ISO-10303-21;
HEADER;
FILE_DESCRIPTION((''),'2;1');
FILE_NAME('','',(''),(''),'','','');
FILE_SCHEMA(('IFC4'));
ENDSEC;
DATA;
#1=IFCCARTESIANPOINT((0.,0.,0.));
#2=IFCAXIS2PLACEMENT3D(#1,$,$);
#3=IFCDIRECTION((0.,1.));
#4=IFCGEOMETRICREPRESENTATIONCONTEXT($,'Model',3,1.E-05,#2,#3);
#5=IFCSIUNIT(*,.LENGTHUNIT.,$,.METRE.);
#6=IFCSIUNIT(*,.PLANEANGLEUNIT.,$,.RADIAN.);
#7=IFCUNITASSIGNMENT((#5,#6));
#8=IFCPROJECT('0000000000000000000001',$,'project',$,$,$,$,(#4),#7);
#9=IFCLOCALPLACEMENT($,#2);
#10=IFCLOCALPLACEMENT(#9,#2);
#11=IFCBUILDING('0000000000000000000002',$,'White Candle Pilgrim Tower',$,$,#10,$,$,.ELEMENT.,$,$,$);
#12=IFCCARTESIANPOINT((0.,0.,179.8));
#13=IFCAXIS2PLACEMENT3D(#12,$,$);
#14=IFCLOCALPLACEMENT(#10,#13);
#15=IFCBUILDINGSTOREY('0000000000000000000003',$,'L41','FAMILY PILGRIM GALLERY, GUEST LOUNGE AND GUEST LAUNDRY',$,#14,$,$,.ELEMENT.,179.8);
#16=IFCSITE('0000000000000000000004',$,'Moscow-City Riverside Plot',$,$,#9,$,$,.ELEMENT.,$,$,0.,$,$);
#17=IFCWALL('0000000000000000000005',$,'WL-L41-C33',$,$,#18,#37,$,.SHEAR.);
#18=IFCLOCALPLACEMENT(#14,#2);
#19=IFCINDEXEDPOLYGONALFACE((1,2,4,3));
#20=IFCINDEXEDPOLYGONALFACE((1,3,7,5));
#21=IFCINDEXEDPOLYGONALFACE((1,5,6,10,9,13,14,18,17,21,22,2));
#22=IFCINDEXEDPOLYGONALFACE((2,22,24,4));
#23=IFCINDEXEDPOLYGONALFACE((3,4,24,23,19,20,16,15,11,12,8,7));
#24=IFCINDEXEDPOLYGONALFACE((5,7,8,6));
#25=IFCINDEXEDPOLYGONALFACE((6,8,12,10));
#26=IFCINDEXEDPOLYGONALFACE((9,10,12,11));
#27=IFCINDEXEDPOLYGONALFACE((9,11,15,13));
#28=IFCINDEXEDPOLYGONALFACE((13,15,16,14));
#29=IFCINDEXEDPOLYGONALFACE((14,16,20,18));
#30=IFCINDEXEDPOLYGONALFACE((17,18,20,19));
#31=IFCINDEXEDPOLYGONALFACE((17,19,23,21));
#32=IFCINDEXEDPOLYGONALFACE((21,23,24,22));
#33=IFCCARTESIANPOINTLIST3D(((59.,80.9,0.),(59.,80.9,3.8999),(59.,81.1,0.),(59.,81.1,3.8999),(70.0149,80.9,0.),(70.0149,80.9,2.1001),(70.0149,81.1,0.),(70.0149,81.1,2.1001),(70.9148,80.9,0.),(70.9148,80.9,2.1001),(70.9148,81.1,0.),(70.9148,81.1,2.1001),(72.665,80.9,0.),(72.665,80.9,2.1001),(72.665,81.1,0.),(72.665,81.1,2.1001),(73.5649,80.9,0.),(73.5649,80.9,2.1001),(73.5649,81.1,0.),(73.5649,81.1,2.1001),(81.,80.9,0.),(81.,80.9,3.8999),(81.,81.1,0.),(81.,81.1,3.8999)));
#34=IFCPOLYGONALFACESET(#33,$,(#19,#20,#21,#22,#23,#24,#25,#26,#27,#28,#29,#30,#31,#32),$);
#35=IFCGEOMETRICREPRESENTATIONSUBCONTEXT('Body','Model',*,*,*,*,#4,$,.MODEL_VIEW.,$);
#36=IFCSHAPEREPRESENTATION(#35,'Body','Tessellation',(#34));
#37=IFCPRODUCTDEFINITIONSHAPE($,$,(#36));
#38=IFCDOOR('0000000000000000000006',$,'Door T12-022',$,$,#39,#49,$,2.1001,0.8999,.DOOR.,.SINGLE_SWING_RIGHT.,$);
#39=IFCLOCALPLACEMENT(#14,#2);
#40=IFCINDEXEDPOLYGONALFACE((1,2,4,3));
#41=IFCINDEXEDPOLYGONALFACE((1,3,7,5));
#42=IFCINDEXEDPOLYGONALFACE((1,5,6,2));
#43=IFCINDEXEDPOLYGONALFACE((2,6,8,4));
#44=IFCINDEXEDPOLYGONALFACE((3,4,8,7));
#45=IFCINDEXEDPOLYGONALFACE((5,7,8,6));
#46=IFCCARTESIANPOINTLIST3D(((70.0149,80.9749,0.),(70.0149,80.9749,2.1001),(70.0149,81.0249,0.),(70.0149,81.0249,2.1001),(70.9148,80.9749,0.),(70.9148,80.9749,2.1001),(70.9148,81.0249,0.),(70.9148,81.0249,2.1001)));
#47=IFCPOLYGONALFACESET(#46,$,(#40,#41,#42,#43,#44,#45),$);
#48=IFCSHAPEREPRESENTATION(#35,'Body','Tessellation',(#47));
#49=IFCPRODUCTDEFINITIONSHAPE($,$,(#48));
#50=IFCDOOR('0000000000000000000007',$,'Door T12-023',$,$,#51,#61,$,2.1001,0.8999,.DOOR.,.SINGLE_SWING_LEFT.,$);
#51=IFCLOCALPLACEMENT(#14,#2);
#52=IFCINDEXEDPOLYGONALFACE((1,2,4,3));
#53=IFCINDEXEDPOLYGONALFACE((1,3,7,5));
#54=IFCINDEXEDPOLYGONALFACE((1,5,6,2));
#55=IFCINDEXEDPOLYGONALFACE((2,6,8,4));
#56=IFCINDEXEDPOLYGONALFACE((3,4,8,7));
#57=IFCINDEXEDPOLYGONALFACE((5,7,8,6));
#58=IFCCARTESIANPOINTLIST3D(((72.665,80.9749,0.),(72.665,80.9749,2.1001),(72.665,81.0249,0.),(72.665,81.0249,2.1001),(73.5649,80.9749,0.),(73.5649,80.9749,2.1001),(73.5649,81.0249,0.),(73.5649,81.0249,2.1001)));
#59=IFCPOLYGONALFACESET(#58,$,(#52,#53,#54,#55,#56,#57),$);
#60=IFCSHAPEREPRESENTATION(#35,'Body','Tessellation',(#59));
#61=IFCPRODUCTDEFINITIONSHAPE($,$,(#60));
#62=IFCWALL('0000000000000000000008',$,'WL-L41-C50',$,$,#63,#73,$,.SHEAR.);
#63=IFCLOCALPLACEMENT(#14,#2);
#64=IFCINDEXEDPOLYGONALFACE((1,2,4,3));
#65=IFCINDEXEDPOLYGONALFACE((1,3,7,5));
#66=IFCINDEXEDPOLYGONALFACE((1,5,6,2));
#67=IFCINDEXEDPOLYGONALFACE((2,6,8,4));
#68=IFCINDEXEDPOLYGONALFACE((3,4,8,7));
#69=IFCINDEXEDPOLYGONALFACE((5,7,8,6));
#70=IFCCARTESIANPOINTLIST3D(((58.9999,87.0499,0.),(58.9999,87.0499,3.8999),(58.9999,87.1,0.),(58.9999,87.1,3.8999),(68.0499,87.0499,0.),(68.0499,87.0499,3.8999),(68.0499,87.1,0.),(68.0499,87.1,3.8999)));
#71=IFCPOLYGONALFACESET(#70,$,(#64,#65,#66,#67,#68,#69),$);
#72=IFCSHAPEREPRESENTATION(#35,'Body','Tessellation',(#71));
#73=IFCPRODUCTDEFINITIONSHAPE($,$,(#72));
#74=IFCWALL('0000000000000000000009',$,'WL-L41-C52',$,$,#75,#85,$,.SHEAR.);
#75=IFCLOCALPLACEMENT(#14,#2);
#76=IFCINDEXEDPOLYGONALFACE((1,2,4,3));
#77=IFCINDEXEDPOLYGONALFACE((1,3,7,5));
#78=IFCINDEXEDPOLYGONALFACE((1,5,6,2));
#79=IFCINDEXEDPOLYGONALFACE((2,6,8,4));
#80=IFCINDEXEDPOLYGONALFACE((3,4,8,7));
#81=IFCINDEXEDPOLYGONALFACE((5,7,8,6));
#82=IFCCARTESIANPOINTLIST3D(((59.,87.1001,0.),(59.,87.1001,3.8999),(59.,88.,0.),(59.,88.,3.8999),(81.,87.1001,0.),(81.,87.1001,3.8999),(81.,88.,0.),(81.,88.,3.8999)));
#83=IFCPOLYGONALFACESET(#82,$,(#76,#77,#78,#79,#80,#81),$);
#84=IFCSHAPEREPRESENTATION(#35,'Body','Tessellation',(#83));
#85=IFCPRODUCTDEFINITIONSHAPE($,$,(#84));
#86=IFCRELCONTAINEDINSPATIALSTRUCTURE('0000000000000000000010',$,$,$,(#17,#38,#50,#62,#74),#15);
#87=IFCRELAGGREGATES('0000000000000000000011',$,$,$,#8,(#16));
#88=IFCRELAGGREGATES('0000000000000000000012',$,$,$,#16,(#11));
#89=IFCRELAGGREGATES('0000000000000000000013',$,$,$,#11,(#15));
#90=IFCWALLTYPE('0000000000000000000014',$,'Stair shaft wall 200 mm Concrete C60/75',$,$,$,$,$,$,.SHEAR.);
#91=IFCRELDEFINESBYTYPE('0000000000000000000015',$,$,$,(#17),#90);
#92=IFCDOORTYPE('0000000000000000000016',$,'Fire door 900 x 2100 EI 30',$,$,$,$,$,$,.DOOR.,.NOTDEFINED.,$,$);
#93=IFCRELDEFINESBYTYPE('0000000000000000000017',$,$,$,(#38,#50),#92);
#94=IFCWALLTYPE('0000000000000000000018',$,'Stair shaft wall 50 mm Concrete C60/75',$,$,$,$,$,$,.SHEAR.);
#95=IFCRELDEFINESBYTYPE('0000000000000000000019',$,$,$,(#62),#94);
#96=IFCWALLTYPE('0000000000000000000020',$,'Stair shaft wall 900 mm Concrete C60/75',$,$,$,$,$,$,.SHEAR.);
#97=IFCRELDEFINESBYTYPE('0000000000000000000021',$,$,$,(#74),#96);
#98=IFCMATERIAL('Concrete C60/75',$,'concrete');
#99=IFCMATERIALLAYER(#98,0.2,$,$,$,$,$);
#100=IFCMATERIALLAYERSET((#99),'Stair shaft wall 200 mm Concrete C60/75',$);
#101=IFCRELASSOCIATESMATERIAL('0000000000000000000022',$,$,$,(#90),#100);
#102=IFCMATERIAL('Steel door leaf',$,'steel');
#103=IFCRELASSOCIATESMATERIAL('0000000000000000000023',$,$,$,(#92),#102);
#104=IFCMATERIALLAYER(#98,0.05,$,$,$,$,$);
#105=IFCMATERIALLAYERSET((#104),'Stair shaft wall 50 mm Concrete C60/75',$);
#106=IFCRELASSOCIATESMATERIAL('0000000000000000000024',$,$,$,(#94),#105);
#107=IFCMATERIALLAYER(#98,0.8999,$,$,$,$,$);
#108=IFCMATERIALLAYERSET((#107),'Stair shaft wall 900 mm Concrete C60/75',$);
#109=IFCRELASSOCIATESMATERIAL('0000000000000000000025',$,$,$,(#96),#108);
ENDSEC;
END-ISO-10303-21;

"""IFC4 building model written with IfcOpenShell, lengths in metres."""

from ifc_helpers import new_model, si_unit, direction, frame, frame_2d, origin, place, context, subcontext, project, spatial, rectangle, extrude, material, layer, layer_set, type_object, element, fill, save


model = new_model("IFC4")

# Units and contexts
model_context = context("Model", 3, precision=1e-05, world=origin(), true_north=direction((0.0, 1.0)))
body_context = subcontext(model_context, "Body", "Model", "MODEL_VIEW")
ifc_project = project(units=[si_unit("LENGTHUNIT", "METRE"), si_unit("PLANEANGLEUNIT", "RADIAN")], contexts=[model_context])

# Site, building, storey
site_placement = place(None, origin())
site = spatial("IfcSite", under=ifc_project, at=site_placement, Name="Moscow-City Riverside Plot", CompositionType="ELEMENT", RefElevation=0.0)
building_placement = place(site_placement, origin())
building = spatial("IfcBuilding", under=site, at=building_placement, Name="White Candle Pilgrim Tower", CompositionType="ELEMENT")
storey_placement = place(building_placement, frame((0.0, 0.0, 179.8)))
storey = spatial("IfcBuildingStorey", under=building, at=storey_placement, Name="L41", Description="FAMILY PILGRIM GALLERY, GUEST LOUNGE AND GUEST LAUNDRY", CompositionType="ELEMENT", Elevation=179.8)

# Shared definitions
ifc_material_1 = material(Name="Concrete C60/75", Category="concrete")

# Wall, openings, doors
ifc_layer_1 = layer(ifc_material_1, 0.2)
ifc_layer_set_1 = layer_set([ifc_layer_1], Name="Stair shaft wall 200 mm Concrete C60/75")
wall_type_1 = type_object("IfcWallType", Name="Stair shaft wall 200 mm Concrete C60/75", PredefinedType="SHEAR", material=ifc_layer_set_1)
wall_1_placement = place(storey_placement, frame((59.0, 81.0, 0.0), z_axis=(0.0, 0.0, 1.0), x_axis=(1.0, 0.0, 0.0)))
wall_1 = element("IfcWall", 1, at=wall_1_placement, inside=storey, type_object=wall_type_1, Name="WL-L41-C33", PredefinedType="SHEAR", context=body_context, shape_type="SweptSolid", body=[
    extrude(rectangle(XDim=22.0, YDim=0.2, at=frame_2d((11.0, 0.0))), origin(), (0.0, 0.0, 1.0), 3.8999),
])
opening_1_placement = place(wall_1_placement, frame((11.0149, 0.0, 0.0)))
opening_1 = element("IfcOpeningElement", 2, at=opening_1_placement, cuts=wall_1, PredefinedType="OPENING", context=body_context, shape_type="SweptSolid", body=[
    extrude(rectangle(XDim=0.8999, YDim=2.1001, at=frame_2d((0.45, 1.05))), frame((0.0, 0.1099, 0.0), z_axis=(0.0, -1.0, 0.0), x_axis=(1.0, 0.0, 0.0)), (0.0, 0.0, 1.0), 0.22),
])
opening_2_placement = place(wall_1_placement, frame((13.665, 0.0, 0.0)))
opening_2 = element("IfcOpeningElement", 3, at=opening_2_placement, cuts=wall_1, PredefinedType="OPENING", context=body_context, shape_type="SweptSolid", body=[
    extrude(rectangle(XDim=0.8999, YDim=2.1001, at=frame_2d((0.45, 1.05))), frame((0.0, 0.1099, 0.0), z_axis=(0.0, -1.0, 0.0), x_axis=(1.0, 0.0, 0.0)), (0.0, 0.0, 1.0), 0.22),
])
ifc_material_2 = material(Name="Steel door leaf", Category="steel")
door_type_1 = type_object("IfcDoorType", Name="Fire door 900 x 2100 EI 30", OperationType="NOTDEFINED", PredefinedType="DOOR", material=ifc_material_2)
door_1_placement = place(opening_1_placement, origin())
door_1 = element("IfcDoor", 4, at=door_1_placement, inside=storey, type_object=door_type_1, Name="Door T12-022", OperationType="SINGLE_SWING_RIGHT", OverallHeight=2.1001, OverallWidth=0.8999, PredefinedType="DOOR", context=body_context, shape_type="SweptSolid", body=[
    extrude(rectangle(XDim=0.8999, YDim=2.1001, at=frame_2d((0.45, 1.05))), frame((0.0, 0.0249, 0.0), z_axis=(0.0, -1.0, 0.0), x_axis=(1.0, 0.0, 0.0)), (0.0, 0.0, 1.0), 0.05),
])
fill(opening_1, door_1)
door_2_placement = place(opening_2_placement, origin())
door_2 = element("IfcDoor", 5, at=door_2_placement, inside=storey, type_object=door_type_1, Name="Door T12-023", OperationType="SINGLE_SWING_LEFT", OverallHeight=2.1001, OverallWidth=0.8999, PredefinedType="DOOR", context=body_context, shape_type="SweptSolid", body=[
    extrude(rectangle(XDim=0.8999, YDim=2.1001, at=frame_2d((0.45, 1.05))), frame((0.0, 0.0249, 0.0), z_axis=(0.0, -1.0, 0.0), x_axis=(1.0, 0.0, 0.0)), (0.0, 0.0, 1.0), 0.05),
])
fill(opening_2, door_2)

# Walls
ifc_layer_2 = layer(ifc_material_1, 0.05)
ifc_layer_set_2 = layer_set([ifc_layer_2], Name="Stair shaft wall 50 mm Concrete C60/75")
wall_type_2 = type_object("IfcWallType", Name="Stair shaft wall 50 mm Concrete C60/75", PredefinedType="SHEAR", material=ifc_layer_set_2)
wall_2_placement = place(storey_placement, frame((59.0, 87.075, 0.0), z_axis=(0.0, 0.0, 1.0), x_axis=(1.0, 0.0, 0.0)))
element("IfcWall", 6, at=wall_2_placement, inside=storey, type_object=wall_type_2, Name="WL-L41-C50", PredefinedType="SHEAR", context=body_context, shape_type="SweptSolid", body=[
    extrude(rectangle(XDim=9.05, YDim=0.05, at=frame_2d((4.5249, 0.0))), origin(), (0.0, 0.0, 1.0), 3.8999),
])
ifc_layer_3 = layer(ifc_material_1, 0.8999)
ifc_layer_set_3 = layer_set([ifc_layer_3], Name="Stair shaft wall 900 mm Concrete C60/75")
wall_type_3 = type_object("IfcWallType", Name="Stair shaft wall 900 mm Concrete C60/75", PredefinedType="SHEAR", material=ifc_layer_set_3)
wall_3_placement = place(storey_placement, frame((59.0, 87.55, 0.0), z_axis=(0.0, 0.0, 1.0), x_axis=(1.0, 0.0, 0.0)))
element("IfcWall", 7, at=wall_3_placement, inside=storey, type_object=wall_type_3, Name="WL-L41-C52", PredefinedType="SHEAR", context=body_context, shape_type="SweptSolid", body=[
    extrude(rectangle(XDim=22.0, YDim=0.8999, at=frame_2d((11.0, 0.0))), origin(), (0.0, 0.0, 1.0), 3.8999),
])

save(model, "model.ifc")
